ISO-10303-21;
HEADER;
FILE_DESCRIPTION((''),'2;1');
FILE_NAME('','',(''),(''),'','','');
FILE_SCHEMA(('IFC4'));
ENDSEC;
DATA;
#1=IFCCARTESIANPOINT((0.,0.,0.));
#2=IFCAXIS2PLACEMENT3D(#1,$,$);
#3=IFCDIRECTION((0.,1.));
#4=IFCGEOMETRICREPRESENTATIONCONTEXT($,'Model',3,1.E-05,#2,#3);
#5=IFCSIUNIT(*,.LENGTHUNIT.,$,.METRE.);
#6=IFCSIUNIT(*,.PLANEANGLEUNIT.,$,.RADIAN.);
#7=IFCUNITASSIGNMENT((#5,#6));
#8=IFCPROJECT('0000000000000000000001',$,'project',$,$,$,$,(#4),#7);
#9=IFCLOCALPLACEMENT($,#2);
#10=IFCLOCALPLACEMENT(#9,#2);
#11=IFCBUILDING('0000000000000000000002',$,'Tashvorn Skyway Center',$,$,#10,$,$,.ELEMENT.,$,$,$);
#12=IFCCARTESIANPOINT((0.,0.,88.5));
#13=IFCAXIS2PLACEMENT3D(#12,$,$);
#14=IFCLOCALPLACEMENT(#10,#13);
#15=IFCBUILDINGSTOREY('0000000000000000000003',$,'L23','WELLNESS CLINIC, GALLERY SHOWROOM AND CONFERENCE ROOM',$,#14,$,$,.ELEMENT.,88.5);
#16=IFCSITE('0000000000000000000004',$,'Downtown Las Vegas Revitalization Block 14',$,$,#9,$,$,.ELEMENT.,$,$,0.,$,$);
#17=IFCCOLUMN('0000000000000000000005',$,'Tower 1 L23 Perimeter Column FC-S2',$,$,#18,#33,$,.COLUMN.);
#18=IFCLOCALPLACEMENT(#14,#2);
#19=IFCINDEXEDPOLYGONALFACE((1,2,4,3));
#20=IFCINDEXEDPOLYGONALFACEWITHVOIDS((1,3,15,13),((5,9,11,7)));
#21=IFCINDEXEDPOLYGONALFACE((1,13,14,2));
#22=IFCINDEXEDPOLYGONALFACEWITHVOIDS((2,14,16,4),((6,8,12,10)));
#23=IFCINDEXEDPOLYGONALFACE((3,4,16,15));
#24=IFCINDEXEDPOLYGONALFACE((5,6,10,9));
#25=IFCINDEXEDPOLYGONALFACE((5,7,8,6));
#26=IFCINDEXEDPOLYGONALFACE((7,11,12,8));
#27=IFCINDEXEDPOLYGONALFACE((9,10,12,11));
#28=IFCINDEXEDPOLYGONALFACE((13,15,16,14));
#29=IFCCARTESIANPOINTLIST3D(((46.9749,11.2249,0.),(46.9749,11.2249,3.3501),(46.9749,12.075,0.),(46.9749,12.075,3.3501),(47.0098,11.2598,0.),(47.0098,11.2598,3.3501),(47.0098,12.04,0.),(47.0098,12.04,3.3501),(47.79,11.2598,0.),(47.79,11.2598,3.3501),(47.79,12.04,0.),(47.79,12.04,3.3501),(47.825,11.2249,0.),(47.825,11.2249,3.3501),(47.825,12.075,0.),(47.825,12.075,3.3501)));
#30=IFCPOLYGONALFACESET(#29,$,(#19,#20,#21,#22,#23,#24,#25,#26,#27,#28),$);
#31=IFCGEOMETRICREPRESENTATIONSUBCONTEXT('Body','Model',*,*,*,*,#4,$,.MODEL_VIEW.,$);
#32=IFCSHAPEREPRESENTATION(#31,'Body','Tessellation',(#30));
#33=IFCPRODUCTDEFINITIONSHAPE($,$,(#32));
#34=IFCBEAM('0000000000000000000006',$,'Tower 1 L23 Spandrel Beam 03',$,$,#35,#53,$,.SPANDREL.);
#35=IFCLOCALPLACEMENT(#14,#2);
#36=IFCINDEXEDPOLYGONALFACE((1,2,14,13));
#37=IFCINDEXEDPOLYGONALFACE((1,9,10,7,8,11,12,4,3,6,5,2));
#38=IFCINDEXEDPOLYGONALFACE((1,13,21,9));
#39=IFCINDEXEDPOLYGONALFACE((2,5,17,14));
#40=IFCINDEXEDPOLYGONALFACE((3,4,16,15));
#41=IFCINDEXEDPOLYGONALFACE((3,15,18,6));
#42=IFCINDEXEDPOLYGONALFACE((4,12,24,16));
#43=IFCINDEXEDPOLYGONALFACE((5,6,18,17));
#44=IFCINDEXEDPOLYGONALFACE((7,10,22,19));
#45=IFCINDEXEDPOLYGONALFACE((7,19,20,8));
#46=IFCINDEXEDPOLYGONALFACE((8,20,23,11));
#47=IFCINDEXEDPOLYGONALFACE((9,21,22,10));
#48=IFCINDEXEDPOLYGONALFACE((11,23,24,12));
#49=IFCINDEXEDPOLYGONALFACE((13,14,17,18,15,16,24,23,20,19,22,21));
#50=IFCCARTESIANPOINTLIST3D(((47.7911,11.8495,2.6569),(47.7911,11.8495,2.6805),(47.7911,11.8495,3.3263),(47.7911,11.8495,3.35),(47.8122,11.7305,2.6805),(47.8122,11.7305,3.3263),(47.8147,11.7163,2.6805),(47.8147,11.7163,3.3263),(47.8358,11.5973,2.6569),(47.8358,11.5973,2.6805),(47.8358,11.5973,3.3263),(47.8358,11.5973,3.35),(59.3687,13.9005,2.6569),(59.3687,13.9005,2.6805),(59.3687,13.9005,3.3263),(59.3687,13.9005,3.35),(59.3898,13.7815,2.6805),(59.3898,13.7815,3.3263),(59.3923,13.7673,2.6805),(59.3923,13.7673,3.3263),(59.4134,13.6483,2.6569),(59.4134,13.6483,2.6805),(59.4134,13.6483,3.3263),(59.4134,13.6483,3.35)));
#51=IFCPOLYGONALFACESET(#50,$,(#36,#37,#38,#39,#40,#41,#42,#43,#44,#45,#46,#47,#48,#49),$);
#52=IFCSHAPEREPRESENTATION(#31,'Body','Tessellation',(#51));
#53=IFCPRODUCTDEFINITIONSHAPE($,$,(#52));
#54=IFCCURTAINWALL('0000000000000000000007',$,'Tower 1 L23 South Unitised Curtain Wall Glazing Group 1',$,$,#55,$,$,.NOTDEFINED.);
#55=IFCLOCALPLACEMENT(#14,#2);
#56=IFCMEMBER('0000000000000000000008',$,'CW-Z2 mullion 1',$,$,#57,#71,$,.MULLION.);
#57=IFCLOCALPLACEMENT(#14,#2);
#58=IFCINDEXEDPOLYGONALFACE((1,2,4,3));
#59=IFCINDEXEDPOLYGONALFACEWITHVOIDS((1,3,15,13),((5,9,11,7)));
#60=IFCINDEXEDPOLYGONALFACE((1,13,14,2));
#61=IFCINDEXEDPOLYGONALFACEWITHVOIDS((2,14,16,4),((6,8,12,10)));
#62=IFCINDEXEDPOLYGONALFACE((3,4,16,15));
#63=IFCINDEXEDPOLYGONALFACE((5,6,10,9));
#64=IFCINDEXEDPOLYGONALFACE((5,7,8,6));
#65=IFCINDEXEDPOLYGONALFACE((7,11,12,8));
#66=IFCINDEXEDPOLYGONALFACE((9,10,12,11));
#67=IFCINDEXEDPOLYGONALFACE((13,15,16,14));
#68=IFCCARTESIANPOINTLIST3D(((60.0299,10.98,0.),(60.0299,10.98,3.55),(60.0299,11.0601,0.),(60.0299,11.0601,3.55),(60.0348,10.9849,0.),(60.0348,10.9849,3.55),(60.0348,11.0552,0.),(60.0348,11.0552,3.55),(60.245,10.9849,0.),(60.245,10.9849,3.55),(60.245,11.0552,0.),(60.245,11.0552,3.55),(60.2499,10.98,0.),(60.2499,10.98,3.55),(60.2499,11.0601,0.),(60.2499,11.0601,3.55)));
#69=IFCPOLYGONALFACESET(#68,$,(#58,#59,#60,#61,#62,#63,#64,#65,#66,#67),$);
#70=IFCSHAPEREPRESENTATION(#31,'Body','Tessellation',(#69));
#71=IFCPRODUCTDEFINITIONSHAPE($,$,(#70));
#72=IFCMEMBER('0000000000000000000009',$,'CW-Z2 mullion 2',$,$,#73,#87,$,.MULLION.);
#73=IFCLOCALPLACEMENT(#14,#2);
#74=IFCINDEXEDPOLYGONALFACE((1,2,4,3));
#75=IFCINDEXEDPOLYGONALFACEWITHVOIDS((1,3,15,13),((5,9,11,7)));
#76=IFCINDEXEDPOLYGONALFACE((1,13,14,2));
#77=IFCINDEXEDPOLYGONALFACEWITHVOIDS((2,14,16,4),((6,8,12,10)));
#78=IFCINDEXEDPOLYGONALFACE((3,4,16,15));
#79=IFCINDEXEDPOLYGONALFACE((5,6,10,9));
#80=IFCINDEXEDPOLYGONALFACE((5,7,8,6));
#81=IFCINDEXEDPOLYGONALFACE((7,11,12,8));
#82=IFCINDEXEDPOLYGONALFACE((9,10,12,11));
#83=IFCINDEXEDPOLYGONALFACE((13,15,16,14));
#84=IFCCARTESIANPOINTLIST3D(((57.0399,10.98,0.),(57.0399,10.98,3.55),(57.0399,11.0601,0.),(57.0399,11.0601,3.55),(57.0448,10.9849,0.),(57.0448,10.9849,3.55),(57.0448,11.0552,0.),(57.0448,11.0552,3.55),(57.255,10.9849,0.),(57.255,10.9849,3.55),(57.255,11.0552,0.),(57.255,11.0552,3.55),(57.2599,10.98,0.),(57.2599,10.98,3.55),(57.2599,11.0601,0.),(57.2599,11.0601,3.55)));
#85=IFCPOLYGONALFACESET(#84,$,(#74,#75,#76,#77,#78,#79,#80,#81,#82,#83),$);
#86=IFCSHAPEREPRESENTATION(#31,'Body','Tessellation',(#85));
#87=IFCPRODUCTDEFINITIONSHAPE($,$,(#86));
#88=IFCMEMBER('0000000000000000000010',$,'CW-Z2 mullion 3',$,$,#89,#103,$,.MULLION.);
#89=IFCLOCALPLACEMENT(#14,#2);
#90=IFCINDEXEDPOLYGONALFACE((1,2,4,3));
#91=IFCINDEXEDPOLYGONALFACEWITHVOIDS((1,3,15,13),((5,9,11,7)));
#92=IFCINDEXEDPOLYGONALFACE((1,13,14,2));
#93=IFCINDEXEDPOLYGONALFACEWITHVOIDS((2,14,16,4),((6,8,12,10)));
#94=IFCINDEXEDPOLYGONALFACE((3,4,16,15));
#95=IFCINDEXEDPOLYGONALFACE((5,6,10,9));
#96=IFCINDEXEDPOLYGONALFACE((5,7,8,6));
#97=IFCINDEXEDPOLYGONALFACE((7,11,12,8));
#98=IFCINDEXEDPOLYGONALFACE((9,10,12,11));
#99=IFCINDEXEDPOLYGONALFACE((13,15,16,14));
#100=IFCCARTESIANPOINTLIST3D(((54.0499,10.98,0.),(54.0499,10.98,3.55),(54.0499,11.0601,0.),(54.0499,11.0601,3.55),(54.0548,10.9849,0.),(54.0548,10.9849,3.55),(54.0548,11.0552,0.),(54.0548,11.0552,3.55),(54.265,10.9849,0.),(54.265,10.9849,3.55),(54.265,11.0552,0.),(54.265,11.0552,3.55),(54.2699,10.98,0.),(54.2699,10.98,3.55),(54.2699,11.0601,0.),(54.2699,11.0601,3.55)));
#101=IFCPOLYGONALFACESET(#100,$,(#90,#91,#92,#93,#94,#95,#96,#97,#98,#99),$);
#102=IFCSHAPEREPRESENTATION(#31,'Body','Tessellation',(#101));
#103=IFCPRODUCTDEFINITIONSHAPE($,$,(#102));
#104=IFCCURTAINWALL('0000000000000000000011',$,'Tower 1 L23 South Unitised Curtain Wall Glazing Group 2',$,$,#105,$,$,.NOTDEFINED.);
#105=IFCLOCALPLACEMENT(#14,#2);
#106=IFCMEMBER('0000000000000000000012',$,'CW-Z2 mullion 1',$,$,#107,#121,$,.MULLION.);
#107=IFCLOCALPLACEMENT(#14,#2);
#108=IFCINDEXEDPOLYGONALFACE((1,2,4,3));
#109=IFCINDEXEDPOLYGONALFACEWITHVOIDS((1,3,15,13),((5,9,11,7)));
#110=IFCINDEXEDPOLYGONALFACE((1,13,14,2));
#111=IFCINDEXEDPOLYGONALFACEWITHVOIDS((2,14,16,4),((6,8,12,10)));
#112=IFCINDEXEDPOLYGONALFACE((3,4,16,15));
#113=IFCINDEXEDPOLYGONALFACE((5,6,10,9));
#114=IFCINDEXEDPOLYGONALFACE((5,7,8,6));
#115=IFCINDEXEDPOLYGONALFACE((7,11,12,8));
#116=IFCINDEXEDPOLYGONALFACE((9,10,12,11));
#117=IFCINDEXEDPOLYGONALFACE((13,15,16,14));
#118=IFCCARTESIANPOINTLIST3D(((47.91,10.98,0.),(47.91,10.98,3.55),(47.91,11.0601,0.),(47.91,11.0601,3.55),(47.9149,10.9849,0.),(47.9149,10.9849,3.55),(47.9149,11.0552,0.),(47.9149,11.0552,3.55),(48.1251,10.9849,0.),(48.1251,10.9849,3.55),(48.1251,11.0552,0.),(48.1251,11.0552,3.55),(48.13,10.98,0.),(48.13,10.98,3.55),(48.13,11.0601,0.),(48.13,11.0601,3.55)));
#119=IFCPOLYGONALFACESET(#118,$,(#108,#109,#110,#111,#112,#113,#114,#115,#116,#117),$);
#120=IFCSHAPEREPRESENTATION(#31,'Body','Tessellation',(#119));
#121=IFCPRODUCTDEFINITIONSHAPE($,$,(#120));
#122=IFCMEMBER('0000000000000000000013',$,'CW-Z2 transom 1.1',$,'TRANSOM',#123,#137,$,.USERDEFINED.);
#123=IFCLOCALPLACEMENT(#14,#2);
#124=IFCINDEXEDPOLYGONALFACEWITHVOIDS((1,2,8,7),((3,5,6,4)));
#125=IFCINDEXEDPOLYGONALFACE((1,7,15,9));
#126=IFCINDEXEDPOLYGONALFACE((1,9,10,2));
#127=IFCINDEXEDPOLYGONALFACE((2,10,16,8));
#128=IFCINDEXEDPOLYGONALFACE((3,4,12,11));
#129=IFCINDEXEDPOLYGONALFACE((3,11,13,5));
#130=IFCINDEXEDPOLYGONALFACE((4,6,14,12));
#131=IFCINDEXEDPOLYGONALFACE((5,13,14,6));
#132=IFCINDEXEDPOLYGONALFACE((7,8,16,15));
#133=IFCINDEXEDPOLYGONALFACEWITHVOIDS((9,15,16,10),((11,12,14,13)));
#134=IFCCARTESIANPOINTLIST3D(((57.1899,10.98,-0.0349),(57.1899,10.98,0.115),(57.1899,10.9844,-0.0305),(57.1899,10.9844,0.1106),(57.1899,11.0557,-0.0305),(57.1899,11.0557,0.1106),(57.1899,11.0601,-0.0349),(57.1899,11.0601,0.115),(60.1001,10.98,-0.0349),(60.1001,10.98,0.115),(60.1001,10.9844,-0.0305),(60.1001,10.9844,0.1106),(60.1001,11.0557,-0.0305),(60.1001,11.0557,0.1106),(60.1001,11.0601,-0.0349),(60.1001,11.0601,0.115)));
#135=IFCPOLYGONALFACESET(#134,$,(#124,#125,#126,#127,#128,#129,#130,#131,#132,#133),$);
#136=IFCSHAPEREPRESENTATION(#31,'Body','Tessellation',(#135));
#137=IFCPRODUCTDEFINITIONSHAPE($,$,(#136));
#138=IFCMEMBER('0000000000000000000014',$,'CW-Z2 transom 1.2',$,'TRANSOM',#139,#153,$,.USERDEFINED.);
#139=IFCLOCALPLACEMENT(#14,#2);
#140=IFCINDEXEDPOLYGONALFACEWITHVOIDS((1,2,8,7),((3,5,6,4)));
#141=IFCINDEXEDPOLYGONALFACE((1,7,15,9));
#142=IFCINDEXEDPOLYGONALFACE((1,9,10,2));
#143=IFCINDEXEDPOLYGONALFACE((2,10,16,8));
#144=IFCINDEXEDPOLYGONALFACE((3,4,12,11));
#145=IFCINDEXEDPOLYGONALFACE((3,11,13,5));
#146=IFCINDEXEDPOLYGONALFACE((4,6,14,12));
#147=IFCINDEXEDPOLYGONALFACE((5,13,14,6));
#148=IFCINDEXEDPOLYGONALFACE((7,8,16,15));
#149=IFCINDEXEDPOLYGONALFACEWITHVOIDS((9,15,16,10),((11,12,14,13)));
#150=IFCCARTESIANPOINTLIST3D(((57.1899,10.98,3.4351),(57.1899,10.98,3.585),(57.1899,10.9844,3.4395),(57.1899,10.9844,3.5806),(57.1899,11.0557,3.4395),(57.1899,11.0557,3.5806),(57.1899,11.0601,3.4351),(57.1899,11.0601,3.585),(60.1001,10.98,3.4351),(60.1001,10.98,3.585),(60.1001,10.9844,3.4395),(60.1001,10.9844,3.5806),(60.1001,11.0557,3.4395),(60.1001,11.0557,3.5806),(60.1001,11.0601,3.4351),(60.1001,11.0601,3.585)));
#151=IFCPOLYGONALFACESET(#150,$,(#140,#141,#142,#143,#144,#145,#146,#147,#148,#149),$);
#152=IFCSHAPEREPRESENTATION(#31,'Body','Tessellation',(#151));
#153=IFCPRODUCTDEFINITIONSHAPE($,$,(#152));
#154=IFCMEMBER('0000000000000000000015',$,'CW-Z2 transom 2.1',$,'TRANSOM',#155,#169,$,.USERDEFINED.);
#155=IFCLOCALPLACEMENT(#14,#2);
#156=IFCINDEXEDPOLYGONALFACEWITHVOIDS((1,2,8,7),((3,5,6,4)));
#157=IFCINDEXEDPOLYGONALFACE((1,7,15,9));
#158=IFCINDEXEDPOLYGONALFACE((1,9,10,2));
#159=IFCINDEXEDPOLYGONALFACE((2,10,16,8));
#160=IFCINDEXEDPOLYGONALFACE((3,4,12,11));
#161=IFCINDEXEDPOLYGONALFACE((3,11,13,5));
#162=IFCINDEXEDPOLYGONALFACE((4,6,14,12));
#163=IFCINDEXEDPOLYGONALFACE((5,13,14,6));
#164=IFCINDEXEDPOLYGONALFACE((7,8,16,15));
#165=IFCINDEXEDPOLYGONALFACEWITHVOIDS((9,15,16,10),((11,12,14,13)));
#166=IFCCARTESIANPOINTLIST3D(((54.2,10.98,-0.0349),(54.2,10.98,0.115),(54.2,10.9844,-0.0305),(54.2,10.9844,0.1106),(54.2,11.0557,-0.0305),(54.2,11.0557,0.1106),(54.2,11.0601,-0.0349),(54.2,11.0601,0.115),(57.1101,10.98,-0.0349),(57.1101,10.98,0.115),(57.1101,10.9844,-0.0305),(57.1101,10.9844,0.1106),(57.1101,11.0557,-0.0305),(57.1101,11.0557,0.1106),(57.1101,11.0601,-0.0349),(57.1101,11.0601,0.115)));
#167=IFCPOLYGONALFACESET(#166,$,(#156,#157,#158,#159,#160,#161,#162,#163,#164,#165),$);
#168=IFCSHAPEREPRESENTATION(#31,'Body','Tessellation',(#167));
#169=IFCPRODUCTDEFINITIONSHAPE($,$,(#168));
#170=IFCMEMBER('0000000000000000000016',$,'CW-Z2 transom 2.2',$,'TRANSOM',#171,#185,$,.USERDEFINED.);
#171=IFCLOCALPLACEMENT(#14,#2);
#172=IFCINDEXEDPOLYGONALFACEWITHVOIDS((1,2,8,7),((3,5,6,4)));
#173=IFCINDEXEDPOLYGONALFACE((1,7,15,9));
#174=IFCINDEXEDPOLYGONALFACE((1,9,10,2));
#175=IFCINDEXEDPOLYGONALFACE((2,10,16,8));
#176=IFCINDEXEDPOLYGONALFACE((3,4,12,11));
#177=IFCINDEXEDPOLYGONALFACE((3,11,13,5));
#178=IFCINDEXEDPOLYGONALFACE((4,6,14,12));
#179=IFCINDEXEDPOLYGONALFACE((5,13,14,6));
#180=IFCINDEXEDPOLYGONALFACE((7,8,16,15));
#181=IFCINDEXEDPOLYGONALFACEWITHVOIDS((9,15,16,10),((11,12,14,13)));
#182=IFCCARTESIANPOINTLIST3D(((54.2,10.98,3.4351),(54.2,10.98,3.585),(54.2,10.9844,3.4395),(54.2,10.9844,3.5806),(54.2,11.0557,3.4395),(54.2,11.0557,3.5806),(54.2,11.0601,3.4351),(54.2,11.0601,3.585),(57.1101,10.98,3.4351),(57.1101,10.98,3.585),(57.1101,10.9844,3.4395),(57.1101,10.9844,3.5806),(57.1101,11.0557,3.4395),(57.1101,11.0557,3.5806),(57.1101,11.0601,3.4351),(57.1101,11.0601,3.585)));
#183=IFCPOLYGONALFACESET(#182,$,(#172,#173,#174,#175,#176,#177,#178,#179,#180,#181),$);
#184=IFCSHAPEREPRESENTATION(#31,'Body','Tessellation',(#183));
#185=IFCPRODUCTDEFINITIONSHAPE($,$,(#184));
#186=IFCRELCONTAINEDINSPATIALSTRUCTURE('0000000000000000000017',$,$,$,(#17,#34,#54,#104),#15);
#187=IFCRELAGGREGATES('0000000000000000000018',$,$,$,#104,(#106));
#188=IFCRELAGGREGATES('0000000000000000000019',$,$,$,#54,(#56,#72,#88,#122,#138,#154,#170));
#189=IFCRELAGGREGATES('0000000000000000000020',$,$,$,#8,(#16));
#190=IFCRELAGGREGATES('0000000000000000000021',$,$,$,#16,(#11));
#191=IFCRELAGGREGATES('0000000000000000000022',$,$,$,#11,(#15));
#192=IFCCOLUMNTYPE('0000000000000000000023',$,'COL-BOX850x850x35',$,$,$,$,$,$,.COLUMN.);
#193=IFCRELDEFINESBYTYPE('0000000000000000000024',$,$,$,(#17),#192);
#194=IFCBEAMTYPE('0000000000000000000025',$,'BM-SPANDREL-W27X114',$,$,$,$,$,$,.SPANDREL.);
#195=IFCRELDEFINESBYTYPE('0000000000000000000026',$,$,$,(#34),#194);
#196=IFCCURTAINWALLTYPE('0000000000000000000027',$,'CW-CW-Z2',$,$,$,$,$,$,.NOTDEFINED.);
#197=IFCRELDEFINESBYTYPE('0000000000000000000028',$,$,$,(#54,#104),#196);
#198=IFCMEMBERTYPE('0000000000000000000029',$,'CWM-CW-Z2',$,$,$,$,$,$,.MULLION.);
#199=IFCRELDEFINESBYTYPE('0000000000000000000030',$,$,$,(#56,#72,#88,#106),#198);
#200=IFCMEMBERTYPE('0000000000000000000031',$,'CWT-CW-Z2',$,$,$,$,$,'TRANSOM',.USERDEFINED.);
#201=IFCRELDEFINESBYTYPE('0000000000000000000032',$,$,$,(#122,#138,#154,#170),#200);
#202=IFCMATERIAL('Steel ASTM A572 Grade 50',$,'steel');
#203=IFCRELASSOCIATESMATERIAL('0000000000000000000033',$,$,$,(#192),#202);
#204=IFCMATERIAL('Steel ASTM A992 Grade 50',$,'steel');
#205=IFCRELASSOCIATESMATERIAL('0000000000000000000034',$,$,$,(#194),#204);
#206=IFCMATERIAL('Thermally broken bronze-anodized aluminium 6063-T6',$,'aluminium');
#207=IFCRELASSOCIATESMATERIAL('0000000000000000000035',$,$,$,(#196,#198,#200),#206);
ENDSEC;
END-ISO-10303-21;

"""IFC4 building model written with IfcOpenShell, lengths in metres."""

from ifc_helpers import new_model, si_unit, direction, frame, origin, origin_2d, place, context, subcontext, project, spatial, hollow_rectangle, i_section, extrude, material, material_profile, profile_set, type_object, element, aggregate, save


model = new_model("IFC4")

# Units and contexts
model_context = context("Model", 3, precision=1e-05, world=origin(), true_north=direction((0.0, 1.0)))
body_context = subcontext(model_context, "Body", "Model", "MODEL_VIEW")
ifc_project = project(units=[si_unit("LENGTHUNIT", "METRE"), si_unit("PLANEANGLEUNIT", "RADIAN")], contexts=[model_context])

# Site, building, storey
site_placement = place(None, origin())
site = spatial("IfcSite", under=ifc_project, at=site_placement, Name="Downtown Las Vegas Revitalization Block 14", CompositionType="ELEMENT", RefElevation=0.0)
building_placement = place(site_placement, origin())
building = spatial("IfcBuilding", under=site, at=building_placement, Name="Tashvorn Skyway Center", CompositionType="ELEMENT")
storey_placement = place(building_placement, frame((0.0, 0.0, 88.5)))
storey = spatial("IfcBuildingStorey", under=building, at=storey_placement, Name="L23", Description="WELLNESS CLINIC, GALLERY SHOWROOM AND CONFERENCE ROOM", CompositionType="ELEMENT", Elevation=88.5)

# Column
ifc_material_1 = material(Name="Steel ASTM A572 Grade 50", Category="steel")
ifc_material_profile_1 = material_profile(ifc_material_1, hollow_rectangle(XDim=0.8501, YDim=0.8501, WallThickness=0.0349, at=origin_2d()), Name="BOX850x850x35")
ifc_profile_set_1 = profile_set([ifc_material_profile_1], Name="Steel ASTM A572 Grade 50")
column_type = type_object("IfcColumnType", Name="COL-BOX850x850x35", PredefinedType="COLUMN", material=ifc_profile_set_1)
column_placement = place(storey_placement, frame((47.3999, 11.6499, 0.0), z_axis=(0.0, 0.0, 1.0), x_axis=(1.0, 0.0, 0.0)))
element("IfcColumn", 1, at=column_placement, inside=storey, type_object=column_type, Name="Tower 1 L23 Perimeter Column FC-S2", PredefinedType="COLUMN", context=body_context, shape_type="SweptSolid", body=[
    extrude(hollow_rectangle(XDim=0.8501, YDim=0.8501, WallThickness=0.0349, at=origin_2d()), origin(), (0.0, 0.0, 1.0), 3.3501),
])

# Beam
ifc_material_2 = material(Name="Steel ASTM A992 Grade 50", Category="steel")
ifc_material_profile_2 = material_profile(ifc_material_2, i_section(OverallWidth=0.2561, OverallDepth=0.6931, WebThickness=0.0144, FlangeThickness=0.0237, at=origin_2d()), Name="W27X114")
ifc_profile_set_2 = profile_set([ifc_material_profile_2], Name="Steel ASTM A992 Grade 50")
beam_type = type_object("IfcBeamType", Name="BM-SPANDREL-W27X114", PredefinedType="SPANDREL", material=ifc_profile_set_2)
beam_placement = place(storey_placement, frame((47.8135, 11.7234, 3.0034), z_axis=(0.984668, 0.174438, 0.0), x_axis=(-0.174438, 0.984668, 0.0)))
element("IfcBeam", 2, at=beam_placement, inside=storey, type_object=beam_type, Name="Tower 1 L23 Spandrel Beam 03", PredefinedType="SPANDREL", context=body_context, shape_type="SweptSolid", body=[
    extrude(i_section(OverallWidth=0.2561, OverallDepth=0.6931, WebThickness=0.0144, FlangeThickness=0.0237, at=origin_2d()), origin(), (0.0, 0.0, 1.0), 11.7578),
])

# Curtain wall, members
ifc_material_3 = material(Name="Thermally broken bronze-anodized aluminium 6063-T6", Category="aluminium")
curtain_wall_type = type_object("IfcCurtainWallType", Name="CW-CW-Z2", PredefinedType="NOTDEFINED", material=ifc_material_3)
curtain_wall_1_placement = place(storey_placement, origin())
curtain_wall_1 = element("IfcCurtainWall", 3, at=curtain_wall_1_placement, inside=storey, type_object=curtain_wall_type, Name="Tower 1 L23 South Unitised Curtain Wall Glazing Group 1", PredefinedType="NOTDEFINED")
ifc_material_profile_3 = material_profile(ifc_material_3, hollow_rectangle(XDim=0.0801, YDim=0.22, WallThickness=0.0049, at=origin_2d()), Name="ALU-MULL-80x220")
ifc_profile_set_3 = profile_set([ifc_material_profile_3], Name="Thermally broken bronze-anodized aluminium 6063-T6")
member_type_1 = type_object("IfcMemberType", Name="CWM-CW-Z2", PredefinedType="MULLION", material=ifc_profile_set_3)
member_1_placement = place(storey_placement, frame((60.1399, 11.02, 0.0), z_axis=(0.0, 0.0, 1.0), x_axis=(0.0, -1.0, 0.0)))
member_1 = element("IfcMember", 4, at=member_1_placement, type_object=member_type_1, Name="CW-Z2 mullion 1", PredefinedType="MULLION", context=body_context, shape_type="SweptSolid", body=[
    extrude(hollow_rectangle(XDim=0.0801, YDim=0.22, WallThickness=0.0049, at=origin_2d()), origin(), (0.0, 0.0, 1.0), 3.55),
])
member_2_placement = place(storey_placement, frame((57.1499, 11.02, 0.0), z_axis=(0.0, 0.0, 1.0), x_axis=(0.0, -1.0, 0.0)))
member_2 = element("IfcMember", 5, at=member_2_placement, type_object=member_type_1, Name="CW-Z2 mullion 2", PredefinedType="MULLION", context=body_context, shape_type="SweptSolid", body=[
    extrude(hollow_rectangle(XDim=0.0801, YDim=0.22, WallThickness=0.0049, at=origin_2d()), origin(), (0.0, 0.0, 1.0), 3.55),
])
member_3_placement = place(storey_placement, frame((54.1599, 11.02, 0.0), z_axis=(0.0, 0.0, 1.0), x_axis=(0.0, -1.0, 0.0)))
member_3 = element("IfcMember", 6, at=member_3_placement, type_object=member_type_1, Name="CW-Z2 mullion 3", PredefinedType="MULLION", context=body_context, shape_type="SweptSolid", body=[
    extrude(hollow_rectangle(XDim=0.0801, YDim=0.22, WallThickness=0.0049, at=origin_2d()), origin(), (0.0, 0.0, 1.0), 3.55),
])

# Curtain wall, member
curtain_wall_2_placement = place(storey_placement, origin())
curtain_wall_2 = element("IfcCurtainWall", 7, at=curtain_wall_2_placement, inside=storey, type_object=curtain_wall_type, Name="Tower 1 L23 South Unitised Curtain Wall Glazing Group 2", PredefinedType="NOTDEFINED")
member_4_placement = place(storey_placement, frame((48.02, 11.02, 0.0), z_axis=(0.0, 0.0, 1.0), x_axis=(0.0, -1.0, 0.0)))
member_4 = element("IfcMember", 8, at=member_4_placement, type_object=member_type_1, Name="CW-Z2 mullion 1", PredefinedType="MULLION", context=body_context, shape_type="SweptSolid", body=[
    extrude(hollow_rectangle(XDim=0.0801, YDim=0.22, WallThickness=0.0049, at=origin_2d()), origin(), (0.0, 0.0, 1.0), 3.55),
])

# Members
ifc_material_profile_4 = material_profile(ifc_material_3, hollow_rectangle(XDim=0.0801, YDim=0.1499, WallThickness=0.0044, at=origin_2d()), Name="ALU-TRAN-80x150")
ifc_profile_set_4 = profile_set([ifc_material_profile_4], Name="Thermally broken bronze-anodized aluminium 6063-T6")
member_type_2 = type_object("IfcMemberType", Name="CWT-CW-Z2", ElementType="TRANSOM", PredefinedType="USERDEFINED", material=ifc_profile_set_4)
member_5_placement = place(storey_placement, frame((60.1001, 11.02, 0.04), z_axis=(-1.0, 0.0, 0.0), x_axis=(0.0, -1.0, 0.0)))
member_5 = element("IfcMember", 9, at=member_5_placement, type_object=member_type_2, Name="CW-Z2 transom 1.1", ObjectType="TRANSOM", PredefinedType="USERDEFINED", context=body_context, shape_type="SweptSolid", body=[
    extrude(hollow_rectangle(XDim=0.0801, YDim=0.1499, WallThickness=0.0044, at=origin_2d()), origin(), (0.0, 0.0, 1.0), 2.9102),
])
member_6_placement = place(storey_placement, frame((60.1001, 11.02, 3.51), z_axis=(-1.0, 0.0, 0.0), x_axis=(0.0, -1.0, 0.0)))
member_6 = element("IfcMember", 10, at=member_6_placement, type_object=member_type_2, Name="CW-Z2 transom 1.2", ObjectType="TRANSOM", PredefinedType="USERDEFINED", context=body_context, shape_type="SweptSolid", body=[
    extrude(hollow_rectangle(XDim=0.0801, YDim=0.1499, WallThickness=0.0044, at=origin_2d()), origin(), (0.0, 0.0, 1.0), 2.9102),
])
member_7_placement = place(storey_placement, frame((57.1101, 11.02, 0.04), z_axis=(-1.0, 0.0, 0.0), x_axis=(0.0, -1.0, 0.0)))
member_7 = element("IfcMember", 11, at=member_7_placement, type_object=member_type_2, Name="CW-Z2 transom 2.1", ObjectType="TRANSOM", PredefinedType="USERDEFINED", context=body_context, shape_type="SweptSolid", body=[
    extrude(hollow_rectangle(XDim=0.0801, YDim=0.1499, WallThickness=0.0044, at=origin_2d()), origin(), (0.0, 0.0, 1.0), 2.9102),
])
member_8_placement = place(storey_placement, frame((57.1101, 11.02, 3.51), z_axis=(-1.0, 0.0, 0.0), x_axis=(0.0, -1.0, 0.0)))
member_8 = element("IfcMember", 12, at=member_8_placement, type_object=member_type_2, Name="CW-Z2 transom 2.2", ObjectType="TRANSOM", PredefinedType="USERDEFINED", context=body_context, shape_type="SweptSolid", body=[
    extrude(hollow_rectangle(XDim=0.0801, YDim=0.1499, WallThickness=0.0044, at=origin_2d()), origin(), (0.0, 0.0, 1.0), 2.9102),
])
aggregate(curtain_wall_2, [member_4])

aggregate(curtain_wall_1, [member_1, member_2, member_3, member_5, member_6, member_7, member_8])

save(model, "model.ifc")
